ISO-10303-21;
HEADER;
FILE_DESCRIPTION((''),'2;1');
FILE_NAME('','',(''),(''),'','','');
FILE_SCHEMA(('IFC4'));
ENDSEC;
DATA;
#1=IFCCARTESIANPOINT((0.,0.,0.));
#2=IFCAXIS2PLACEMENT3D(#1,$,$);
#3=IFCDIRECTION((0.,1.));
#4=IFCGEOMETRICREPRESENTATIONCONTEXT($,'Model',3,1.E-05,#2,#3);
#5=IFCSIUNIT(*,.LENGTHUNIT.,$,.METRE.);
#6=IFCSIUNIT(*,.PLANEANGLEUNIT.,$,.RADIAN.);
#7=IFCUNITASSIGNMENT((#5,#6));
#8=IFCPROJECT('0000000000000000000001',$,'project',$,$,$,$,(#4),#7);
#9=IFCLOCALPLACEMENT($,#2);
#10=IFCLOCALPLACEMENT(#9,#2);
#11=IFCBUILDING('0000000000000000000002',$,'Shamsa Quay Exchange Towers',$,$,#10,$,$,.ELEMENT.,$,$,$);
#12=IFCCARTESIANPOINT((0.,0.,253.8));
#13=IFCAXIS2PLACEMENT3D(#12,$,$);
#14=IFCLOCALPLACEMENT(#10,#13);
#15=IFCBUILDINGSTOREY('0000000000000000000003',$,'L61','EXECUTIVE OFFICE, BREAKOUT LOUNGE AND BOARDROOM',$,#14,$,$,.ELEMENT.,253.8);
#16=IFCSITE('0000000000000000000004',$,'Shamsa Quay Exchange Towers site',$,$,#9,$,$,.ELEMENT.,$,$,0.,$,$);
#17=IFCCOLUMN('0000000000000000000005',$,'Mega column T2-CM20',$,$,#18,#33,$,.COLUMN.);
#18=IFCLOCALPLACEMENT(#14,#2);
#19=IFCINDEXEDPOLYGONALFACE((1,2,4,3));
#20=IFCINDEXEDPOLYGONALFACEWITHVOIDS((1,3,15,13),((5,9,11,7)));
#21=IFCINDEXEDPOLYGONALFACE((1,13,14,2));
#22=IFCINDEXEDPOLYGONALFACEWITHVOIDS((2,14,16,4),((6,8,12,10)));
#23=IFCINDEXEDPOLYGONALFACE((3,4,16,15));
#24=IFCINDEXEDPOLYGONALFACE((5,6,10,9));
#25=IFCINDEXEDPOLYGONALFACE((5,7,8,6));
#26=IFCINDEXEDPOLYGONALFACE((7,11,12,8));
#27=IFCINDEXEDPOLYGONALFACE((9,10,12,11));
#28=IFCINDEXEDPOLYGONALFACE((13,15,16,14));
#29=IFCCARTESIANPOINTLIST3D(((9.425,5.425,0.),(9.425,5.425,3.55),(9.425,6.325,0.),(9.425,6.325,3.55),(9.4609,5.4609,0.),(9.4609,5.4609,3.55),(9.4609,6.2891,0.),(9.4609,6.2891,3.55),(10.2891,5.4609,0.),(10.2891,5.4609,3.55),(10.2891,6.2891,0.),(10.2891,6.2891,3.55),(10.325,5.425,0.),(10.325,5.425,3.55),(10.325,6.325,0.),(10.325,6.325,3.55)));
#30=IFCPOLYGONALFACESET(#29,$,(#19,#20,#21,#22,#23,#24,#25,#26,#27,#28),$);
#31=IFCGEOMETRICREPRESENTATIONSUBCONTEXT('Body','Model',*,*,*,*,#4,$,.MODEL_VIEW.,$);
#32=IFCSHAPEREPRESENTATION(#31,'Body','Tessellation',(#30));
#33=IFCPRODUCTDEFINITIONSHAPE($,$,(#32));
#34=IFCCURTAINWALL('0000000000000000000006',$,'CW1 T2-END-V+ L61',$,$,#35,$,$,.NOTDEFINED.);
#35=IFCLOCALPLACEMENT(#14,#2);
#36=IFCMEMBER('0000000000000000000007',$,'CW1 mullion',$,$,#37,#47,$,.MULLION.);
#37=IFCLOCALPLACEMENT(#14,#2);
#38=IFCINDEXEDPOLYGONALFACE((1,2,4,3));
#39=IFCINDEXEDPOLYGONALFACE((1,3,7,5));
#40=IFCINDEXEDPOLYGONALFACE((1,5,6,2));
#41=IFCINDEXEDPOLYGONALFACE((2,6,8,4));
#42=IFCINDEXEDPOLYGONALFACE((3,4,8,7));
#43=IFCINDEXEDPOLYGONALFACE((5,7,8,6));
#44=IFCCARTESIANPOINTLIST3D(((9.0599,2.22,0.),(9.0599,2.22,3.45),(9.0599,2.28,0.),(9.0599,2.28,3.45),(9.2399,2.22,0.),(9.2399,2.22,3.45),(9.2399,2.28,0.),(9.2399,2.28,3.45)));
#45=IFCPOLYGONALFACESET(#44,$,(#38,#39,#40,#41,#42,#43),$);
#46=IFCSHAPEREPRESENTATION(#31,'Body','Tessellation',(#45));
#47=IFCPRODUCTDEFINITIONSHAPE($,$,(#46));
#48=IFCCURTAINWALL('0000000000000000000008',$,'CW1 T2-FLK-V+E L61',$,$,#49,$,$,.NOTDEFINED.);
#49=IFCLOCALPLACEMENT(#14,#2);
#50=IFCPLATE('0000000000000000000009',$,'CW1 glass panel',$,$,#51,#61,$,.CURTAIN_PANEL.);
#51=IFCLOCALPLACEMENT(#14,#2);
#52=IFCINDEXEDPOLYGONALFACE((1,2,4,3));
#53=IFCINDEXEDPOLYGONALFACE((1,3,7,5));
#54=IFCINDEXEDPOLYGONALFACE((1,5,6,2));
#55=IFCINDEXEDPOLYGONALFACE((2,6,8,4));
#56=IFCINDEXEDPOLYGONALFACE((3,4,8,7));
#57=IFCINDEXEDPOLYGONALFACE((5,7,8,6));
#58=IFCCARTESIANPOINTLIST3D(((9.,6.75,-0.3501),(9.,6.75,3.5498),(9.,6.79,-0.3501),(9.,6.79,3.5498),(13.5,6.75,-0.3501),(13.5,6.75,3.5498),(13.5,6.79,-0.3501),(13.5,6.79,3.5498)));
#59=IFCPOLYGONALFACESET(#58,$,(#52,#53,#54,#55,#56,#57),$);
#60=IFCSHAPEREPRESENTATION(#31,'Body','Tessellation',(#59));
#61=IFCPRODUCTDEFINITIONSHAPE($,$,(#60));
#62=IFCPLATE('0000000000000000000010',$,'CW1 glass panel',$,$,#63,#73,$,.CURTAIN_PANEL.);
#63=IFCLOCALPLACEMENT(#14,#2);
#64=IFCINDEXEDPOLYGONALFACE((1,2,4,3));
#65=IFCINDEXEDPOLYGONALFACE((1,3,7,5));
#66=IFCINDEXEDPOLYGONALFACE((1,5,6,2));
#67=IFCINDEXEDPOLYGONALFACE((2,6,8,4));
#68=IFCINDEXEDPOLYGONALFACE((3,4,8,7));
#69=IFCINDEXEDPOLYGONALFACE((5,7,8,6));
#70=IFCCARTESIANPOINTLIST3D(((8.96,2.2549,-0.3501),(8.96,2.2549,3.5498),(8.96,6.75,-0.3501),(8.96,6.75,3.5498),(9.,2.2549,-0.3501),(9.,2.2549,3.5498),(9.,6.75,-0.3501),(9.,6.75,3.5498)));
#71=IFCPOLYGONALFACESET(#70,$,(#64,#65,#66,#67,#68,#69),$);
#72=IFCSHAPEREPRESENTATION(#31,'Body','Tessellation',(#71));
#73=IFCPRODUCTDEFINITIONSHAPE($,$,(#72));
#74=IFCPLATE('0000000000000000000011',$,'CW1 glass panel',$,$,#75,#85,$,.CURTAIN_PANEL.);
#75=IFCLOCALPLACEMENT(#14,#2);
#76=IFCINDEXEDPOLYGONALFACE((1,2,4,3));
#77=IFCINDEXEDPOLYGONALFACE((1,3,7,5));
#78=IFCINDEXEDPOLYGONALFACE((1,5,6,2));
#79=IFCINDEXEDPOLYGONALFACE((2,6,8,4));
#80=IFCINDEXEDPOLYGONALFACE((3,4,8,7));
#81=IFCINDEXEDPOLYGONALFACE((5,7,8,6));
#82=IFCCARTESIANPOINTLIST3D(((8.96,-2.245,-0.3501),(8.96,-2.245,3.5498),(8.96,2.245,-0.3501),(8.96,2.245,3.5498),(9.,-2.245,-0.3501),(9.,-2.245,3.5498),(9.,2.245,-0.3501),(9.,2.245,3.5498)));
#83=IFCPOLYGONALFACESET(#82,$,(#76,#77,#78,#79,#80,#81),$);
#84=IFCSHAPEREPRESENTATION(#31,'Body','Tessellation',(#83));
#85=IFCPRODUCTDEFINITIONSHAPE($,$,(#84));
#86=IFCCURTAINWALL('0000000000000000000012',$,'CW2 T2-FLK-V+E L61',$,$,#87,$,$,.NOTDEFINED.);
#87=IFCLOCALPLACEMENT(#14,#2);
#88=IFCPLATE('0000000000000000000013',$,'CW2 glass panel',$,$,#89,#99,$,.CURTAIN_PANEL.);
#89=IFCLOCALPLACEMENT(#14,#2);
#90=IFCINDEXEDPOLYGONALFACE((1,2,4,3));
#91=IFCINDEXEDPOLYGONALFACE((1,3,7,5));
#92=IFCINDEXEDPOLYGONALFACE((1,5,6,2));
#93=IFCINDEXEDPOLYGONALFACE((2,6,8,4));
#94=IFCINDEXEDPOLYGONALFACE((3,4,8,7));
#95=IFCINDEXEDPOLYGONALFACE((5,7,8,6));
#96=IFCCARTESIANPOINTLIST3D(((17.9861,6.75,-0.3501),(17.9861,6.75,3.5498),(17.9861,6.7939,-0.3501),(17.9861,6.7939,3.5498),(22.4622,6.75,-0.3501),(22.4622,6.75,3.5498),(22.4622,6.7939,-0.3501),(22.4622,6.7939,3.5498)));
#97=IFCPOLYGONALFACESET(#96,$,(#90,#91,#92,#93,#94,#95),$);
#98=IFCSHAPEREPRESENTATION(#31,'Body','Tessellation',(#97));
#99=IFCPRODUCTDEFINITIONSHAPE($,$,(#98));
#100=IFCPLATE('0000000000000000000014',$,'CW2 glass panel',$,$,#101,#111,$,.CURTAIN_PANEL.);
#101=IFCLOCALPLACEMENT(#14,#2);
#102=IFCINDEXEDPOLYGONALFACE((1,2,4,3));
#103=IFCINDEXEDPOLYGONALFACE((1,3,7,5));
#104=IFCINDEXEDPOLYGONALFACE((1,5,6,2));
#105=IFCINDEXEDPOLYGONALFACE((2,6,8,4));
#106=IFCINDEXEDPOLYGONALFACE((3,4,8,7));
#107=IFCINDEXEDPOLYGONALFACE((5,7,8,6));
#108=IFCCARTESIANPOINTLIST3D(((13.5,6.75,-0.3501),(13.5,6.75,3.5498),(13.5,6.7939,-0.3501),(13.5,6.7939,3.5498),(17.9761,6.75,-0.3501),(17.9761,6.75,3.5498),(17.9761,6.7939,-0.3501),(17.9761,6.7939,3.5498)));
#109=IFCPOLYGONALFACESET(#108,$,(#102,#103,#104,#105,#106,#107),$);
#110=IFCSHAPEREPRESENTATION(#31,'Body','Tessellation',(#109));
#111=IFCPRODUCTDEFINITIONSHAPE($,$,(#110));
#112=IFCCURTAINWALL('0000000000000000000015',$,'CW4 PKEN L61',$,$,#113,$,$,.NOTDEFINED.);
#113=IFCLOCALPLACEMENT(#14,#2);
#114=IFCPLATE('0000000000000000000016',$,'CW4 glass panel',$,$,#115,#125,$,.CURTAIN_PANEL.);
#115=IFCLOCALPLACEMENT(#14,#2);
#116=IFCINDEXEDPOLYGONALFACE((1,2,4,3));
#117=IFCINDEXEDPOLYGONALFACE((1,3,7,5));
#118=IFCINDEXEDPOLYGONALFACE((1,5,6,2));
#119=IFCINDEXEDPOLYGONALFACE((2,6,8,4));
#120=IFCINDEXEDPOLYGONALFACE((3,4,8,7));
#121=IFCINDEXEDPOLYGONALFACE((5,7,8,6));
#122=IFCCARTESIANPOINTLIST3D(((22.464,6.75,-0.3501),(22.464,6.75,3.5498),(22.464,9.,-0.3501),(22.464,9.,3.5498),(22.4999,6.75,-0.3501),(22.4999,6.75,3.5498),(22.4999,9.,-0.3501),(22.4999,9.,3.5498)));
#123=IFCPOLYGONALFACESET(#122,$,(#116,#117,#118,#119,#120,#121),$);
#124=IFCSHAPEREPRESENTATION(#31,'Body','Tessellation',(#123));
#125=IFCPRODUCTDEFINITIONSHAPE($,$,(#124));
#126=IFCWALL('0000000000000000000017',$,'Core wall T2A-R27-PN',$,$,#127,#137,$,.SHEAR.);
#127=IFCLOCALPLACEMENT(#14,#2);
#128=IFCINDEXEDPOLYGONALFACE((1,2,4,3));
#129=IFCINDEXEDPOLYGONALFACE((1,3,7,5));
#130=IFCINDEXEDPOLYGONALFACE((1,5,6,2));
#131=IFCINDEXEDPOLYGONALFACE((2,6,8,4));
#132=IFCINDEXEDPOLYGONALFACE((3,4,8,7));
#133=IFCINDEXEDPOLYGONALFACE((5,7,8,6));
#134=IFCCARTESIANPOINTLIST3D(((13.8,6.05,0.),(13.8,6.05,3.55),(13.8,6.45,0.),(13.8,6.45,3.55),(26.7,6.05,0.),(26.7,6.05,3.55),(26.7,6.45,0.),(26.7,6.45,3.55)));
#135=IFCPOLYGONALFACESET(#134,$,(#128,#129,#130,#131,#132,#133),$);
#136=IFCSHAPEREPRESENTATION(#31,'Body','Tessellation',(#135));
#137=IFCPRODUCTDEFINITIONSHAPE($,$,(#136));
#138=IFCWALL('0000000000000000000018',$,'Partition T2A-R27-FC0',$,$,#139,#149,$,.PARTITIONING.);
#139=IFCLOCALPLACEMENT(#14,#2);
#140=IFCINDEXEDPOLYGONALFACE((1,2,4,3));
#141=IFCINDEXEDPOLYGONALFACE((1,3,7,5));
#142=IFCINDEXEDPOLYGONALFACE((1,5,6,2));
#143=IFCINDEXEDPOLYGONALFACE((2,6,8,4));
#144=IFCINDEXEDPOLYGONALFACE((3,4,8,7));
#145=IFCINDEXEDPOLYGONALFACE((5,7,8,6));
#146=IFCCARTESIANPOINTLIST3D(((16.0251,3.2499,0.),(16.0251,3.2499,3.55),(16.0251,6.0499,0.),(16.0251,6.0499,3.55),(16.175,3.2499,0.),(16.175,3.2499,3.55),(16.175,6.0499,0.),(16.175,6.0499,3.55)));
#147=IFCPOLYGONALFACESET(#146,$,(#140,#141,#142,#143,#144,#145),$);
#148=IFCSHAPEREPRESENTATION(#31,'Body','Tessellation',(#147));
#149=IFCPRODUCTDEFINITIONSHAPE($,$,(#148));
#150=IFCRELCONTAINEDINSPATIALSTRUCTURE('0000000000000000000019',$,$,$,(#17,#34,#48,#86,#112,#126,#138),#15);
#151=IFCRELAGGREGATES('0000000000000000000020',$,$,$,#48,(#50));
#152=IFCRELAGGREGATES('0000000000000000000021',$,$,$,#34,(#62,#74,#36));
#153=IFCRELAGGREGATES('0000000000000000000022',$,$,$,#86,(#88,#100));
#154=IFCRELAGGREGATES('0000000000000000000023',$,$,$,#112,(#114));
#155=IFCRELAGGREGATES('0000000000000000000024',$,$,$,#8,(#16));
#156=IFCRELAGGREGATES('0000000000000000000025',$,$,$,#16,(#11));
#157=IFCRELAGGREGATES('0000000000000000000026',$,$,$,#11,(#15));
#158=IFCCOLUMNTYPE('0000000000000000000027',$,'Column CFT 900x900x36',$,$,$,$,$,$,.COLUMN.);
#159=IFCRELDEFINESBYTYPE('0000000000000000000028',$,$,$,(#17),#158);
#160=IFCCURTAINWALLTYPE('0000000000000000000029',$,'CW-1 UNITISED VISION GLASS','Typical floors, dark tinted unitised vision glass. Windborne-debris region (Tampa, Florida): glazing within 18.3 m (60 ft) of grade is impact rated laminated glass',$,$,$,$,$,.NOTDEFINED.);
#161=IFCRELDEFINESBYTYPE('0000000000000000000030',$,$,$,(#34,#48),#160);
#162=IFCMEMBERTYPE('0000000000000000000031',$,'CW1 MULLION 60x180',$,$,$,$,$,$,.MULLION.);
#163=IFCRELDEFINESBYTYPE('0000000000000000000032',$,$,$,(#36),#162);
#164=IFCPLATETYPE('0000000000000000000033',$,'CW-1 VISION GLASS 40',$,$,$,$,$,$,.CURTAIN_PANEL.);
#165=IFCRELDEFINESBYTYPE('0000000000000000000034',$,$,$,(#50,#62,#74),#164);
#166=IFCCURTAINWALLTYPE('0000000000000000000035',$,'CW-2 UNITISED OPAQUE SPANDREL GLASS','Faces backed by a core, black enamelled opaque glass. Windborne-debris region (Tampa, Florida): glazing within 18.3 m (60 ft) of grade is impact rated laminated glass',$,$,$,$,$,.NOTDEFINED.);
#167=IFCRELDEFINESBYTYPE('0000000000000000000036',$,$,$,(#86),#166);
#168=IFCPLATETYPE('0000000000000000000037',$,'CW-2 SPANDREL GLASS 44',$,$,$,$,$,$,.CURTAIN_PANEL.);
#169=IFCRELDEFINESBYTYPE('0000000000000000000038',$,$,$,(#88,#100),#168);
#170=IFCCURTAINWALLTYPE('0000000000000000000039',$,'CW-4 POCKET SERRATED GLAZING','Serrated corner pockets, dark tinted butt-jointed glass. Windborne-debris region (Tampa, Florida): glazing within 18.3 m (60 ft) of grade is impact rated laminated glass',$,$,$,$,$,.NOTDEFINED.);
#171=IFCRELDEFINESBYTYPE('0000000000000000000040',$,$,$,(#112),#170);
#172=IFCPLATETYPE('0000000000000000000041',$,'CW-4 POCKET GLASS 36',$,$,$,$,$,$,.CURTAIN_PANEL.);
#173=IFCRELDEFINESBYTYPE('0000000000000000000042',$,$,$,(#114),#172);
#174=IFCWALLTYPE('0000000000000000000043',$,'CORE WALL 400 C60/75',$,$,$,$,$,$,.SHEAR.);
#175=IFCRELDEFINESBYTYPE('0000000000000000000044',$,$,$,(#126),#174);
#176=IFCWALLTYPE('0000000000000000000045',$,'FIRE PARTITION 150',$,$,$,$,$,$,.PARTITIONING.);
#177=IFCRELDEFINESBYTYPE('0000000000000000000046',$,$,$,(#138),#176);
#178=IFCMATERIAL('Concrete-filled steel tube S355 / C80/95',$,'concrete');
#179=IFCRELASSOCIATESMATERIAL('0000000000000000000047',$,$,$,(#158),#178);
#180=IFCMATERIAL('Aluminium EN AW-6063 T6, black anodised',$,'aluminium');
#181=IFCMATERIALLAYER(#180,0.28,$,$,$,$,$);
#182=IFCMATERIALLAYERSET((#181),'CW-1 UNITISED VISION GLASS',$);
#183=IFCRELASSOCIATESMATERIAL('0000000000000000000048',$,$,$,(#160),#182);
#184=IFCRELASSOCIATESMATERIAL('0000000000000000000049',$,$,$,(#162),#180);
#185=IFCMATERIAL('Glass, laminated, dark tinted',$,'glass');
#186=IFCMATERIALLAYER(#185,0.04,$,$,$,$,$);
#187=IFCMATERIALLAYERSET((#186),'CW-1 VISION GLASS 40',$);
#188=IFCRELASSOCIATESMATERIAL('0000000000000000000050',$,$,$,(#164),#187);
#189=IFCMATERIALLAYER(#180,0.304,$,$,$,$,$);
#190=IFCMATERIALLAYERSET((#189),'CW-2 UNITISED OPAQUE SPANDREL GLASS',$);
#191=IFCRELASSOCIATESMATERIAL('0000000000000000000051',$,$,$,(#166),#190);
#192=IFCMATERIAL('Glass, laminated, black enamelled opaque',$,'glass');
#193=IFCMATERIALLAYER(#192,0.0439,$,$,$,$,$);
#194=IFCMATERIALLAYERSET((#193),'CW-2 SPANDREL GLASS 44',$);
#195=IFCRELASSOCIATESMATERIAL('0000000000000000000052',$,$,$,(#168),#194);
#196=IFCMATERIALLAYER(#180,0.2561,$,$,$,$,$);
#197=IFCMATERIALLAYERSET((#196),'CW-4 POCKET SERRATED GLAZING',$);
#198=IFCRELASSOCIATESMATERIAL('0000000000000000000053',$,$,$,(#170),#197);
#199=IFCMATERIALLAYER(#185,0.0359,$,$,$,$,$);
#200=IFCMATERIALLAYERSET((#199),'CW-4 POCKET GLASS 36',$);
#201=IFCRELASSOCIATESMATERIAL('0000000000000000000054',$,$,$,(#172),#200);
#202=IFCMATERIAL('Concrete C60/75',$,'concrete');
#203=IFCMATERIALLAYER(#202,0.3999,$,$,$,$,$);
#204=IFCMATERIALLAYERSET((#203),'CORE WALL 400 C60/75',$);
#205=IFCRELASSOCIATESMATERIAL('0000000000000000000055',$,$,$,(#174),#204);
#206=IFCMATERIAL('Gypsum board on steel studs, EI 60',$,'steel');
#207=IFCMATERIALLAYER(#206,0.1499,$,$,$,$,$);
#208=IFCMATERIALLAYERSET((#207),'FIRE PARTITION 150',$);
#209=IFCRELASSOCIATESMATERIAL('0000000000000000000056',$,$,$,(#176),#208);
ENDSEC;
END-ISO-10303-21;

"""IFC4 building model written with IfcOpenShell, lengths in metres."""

from ifc_helpers import new_model, si_unit, direction, frame, frame_2d, origin, origin_2d, place, context, subcontext, project, spatial, rectangle, hollow_rectangle, extrude, material, layer, layer_set, material_profile, profile_set, type_object, element, aggregate, save


model = new_model("IFC4")

# Units and contexts
model_context = context("Model", 3, precision=1e-05, world=origin(), true_north=direction((0.0, 1.0)))
body_context = subcontext(model_context, "Body", "Model", "MODEL_VIEW")
ifc_project = project(units=[si_unit("LENGTHUNIT", "METRE"), si_unit("PLANEANGLEUNIT", "RADIAN")], contexts=[model_context])

# Site, building, storey
site_placement = place(None, origin())
site = spatial("IfcSite", under=ifc_project, at=site_placement, Name="Shamsa Quay Exchange Towers site", CompositionType="ELEMENT", RefElevation=0.0)
building_placement = place(site_placement, origin())
building = spatial("IfcBuilding", under=site, at=building_placement, Name="Shamsa Quay Exchange Towers", CompositionType="ELEMENT")
storey_placement = place(building_placement, frame((0.0, 0.0, 253.8)))
storey = spatial("IfcBuildingStorey", under=building, at=storey_placement, Name="L61", Description="EXECUTIVE OFFICE, BREAKOUT LOUNGE AND BOARDROOM", CompositionType="ELEMENT", Elevation=253.8)

# Column
ifc_material_1 = material(Name="Concrete-filled steel tube S355 / C80/95", Category="concrete")
ifc_material_profile_1 = material_profile(ifc_material_1, hollow_rectangle(XDim=0.8999, YDim=0.8999, WallThickness=0.0359, at=origin_2d()), Name="CFT 900x900x36")
ifc_profile_set_1 = profile_set([ifc_material_profile_1], Name="Concrete-filled steel tube S355 / C80/95")
column_type = type_object("IfcColumnType", Name="Column CFT 900x900x36", PredefinedType="COLUMN", material=ifc_profile_set_1)
column_placement = place(storey_placement, frame((9.875, 5.875, 0.0)))
element("IfcColumn", 1, at=column_placement, inside=storey, type_object=column_type, Name="Mega column T2-CM20", PredefinedType="COLUMN", context=body_context, shape_type="SweptSolid", body=[
    extrude(hollow_rectangle(XDim=0.8999, YDim=0.8999, WallThickness=0.0359, at=origin_2d()), origin(), (0.0, 0.0, 1.0), 3.55),
])

# Curtain wall, member
ifc_material_2 = material(Name="Aluminium EN AW-6063 T6, black anodised", Category="aluminium")
ifc_layer_1 = layer(ifc_material_2, 0.28)
ifc_layer_set_1 = layer_set([ifc_layer_1], Name="CW-1 UNITISED VISION GLASS")
curtain_wall_type_1 = type_object("IfcCurtainWallType", Name="CW-1 UNITISED VISION GLASS", Description="Typical floors, dark tinted unitised vision glass. Windborne-debris region (Tampa, Florida): glazing within 18.3 m (60 ft) of grade is impact rated laminated glass", PredefinedType="NOTDEFINED", material=ifc_layer_set_1)
curtain_wall_1_placement = place(storey_placement, origin())
curtain_wall_1 = element("IfcCurtainWall", 2, at=curtain_wall_1_placement, inside=storey, type_object=curtain_wall_type_1, Name="CW1 T2-END-V+ L61", PredefinedType="NOTDEFINED")
ifc_material_profile_2 = material_profile(ifc_material_2, rectangle(XDim=0.1799, YDim=0.0601, at=origin_2d()), Name="MU60x180")
ifc_profile_set_2 = profile_set([ifc_material_profile_2], Name="Aluminium EN AW-6063 T6, black anodised")
member_type = type_object("IfcMemberType", Name="CW1 MULLION 60x180", PredefinedType="MULLION", material=ifc_profile_set_2)
member_placement = place(storey_placement, frame((9.1499, 2.25, 0.0)))
member = element("IfcMember", 3, at=member_placement, type_object=member_type, Name="CW1 mullion", PredefinedType="MULLION", context=body_context, shape_type="SweptSolid", body=[
    extrude(rectangle(XDim=0.1799, YDim=0.0601, at=origin_2d()), origin(), (0.0, 0.0, 1.0), 3.45),
])

# Curtain wall, plate
curtain_wall_2_placement = place(storey_placement, origin())
curtain_wall_2 = element("IfcCurtainWall", 4, at=curtain_wall_2_placement, inside=storey, type_object=curtain_wall_type_1, Name="CW1 T2-FLK-V+E L61", PredefinedType="NOTDEFINED")
ifc_material_3 = material(Name="Glass, laminated, dark tinted", Category="glass")
ifc_layer_2 = layer(ifc_material_3, 0.04)
ifc_layer_set_2 = layer_set([ifc_layer_2], Name="CW-1 VISION GLASS 40")
plate_type_1 = type_object("IfcPlateType", Name="CW-1 VISION GLASS 40", PredefinedType="CURTAIN_PANEL", material=ifc_layer_set_2)
plate_1_placement = place(storey_placement, frame((11.25, 6.77, -0.3501), z_axis=(0.0, 0.0, 1.0), x_axis=(-1.0, 0.0, 0.0)))
plate_1 = element("IfcPlate", 5, at=plate_1_placement, type_object=plate_type_1, Name="CW1 glass panel", PredefinedType="CURTAIN_PANEL", context=body_context, shape_type="SweptSolid", body=[
    extrude(rectangle(XDim=4.5, YDim=0.04, at=origin_2d()), origin(), (0.0, 0.0, 1.0), 3.8999),
])
aggregate(curtain_wall_2, [plate_1])

# Plates
plate_2_placement = place(storey_placement, frame((8.98, 4.5024, -0.3501), z_axis=(0.0, 0.0, 1.0), x_axis=(0.0, -1.0, 0.0)))
plate_2 = element("IfcPlate", 6, at=plate_2_placement, type_object=plate_type_1, Name="CW1 glass panel", PredefinedType="CURTAIN_PANEL", context=body_context, shape_type="SweptSolid", body=[
    extrude(rectangle(XDim=4.4951, YDim=0.04, at=origin_2d()), origin(), (0.0, 0.0, 1.0), 3.8999),
])
plate_3_placement = place(storey_placement, frame((8.98, 0.0, -0.3501), z_axis=(0.0, 0.0, 1.0), x_axis=(0.0, -1.0, 0.0)))
plate_3 = element("IfcPlate", 7, at=plate_3_placement, type_object=plate_type_1, Name="CW1 glass panel", PredefinedType="CURTAIN_PANEL", context=body_context, shape_type="SweptSolid", body=[
    extrude(rectangle(XDim=4.49, YDim=0.04, at=origin_2d()), origin(), (0.0, 0.0, 1.0), 3.8999),
])
aggregate(curtain_wall_1, [plate_2, plate_3, member])

# Curtain wall, plates
ifc_layer_3 = layer(ifc_material_2, 0.304)
ifc_layer_set_3 = layer_set([ifc_layer_3], Name="CW-2 UNITISED OPAQUE SPANDREL GLASS")
curtain_wall_type_2 = type_object("IfcCurtainWallType", Name="CW-2 UNITISED OPAQUE SPANDREL GLASS", Description="Faces backed by a core, black enamelled opaque glass. Windborne-debris region (Tampa, Florida): glazing within 18.3 m (60 ft) of grade is impact rated laminated glass", PredefinedType="NOTDEFINED", material=ifc_layer_set_3)
curtain_wall_3_placement = place(storey_placement, origin())
curtain_wall_3 = element("IfcCurtainWall", 8, at=curtain_wall_3_placement, inside=storey, type_object=curtain_wall_type_2, Name="CW2 T2-FLK-V+E L61", PredefinedType="NOTDEFINED")
ifc_material_4 = material(Name="Glass, laminated, black enamelled opaque", Category="glass")
ifc_layer_4 = layer(ifc_material_4, 0.0439)
ifc_layer_set_4 = layer_set([ifc_layer_4], Name="CW-2 SPANDREL GLASS 44")
plate_type_2 = type_object("IfcPlateType", Name="CW-2 SPANDREL GLASS 44", PredefinedType="CURTAIN_PANEL", material=ifc_layer_set_4)
plate_4_placement = place(storey_placement, frame((20.2241, 6.772, -0.3501), z_axis=(0.0, 0.0, 1.0), x_axis=(-1.0, 0.0, 0.0)))
plate_4 = element("IfcPlate", 9, at=plate_4_placement, type_object=plate_type_2, Name="CW2 glass panel", PredefinedType="CURTAIN_PANEL", context=body_context, shape_type="SweptSolid", body=[
    extrude(rectangle(XDim=4.4761, YDim=0.0439, at=origin_2d()), origin(), (0.0, 0.0, 1.0), 3.8999),
])
plate_5_placement = place(storey_placement, frame((15.738, 6.772, -0.3501), z_axis=(0.0, 0.0, 1.0), x_axis=(-1.0, 0.0, 0.0)))
plate_5 = element("IfcPlate", 10, at=plate_5_placement, type_object=plate_type_2, Name="CW2 glass panel", PredefinedType="CURTAIN_PANEL", context=body_context, shape_type="SweptSolid", body=[
    extrude(rectangle(XDim=4.4761, YDim=0.0439, at=origin_2d()), origin(), (0.0, 0.0, 1.0), 3.8999),
])
aggregate(curtain_wall_3, [plate_4, plate_5])

# Curtain wall, plate
ifc_layer_5 = layer(ifc_material_2, 0.2561)
ifc_layer_set_5 = layer_set([ifc_layer_5], Name="CW-4 POCKET SERRATED GLAZING")
curtain_wall_type_3 = type_object("IfcCurtainWallType", Name="CW-4 POCKET SERRATED GLAZING", Description="Serrated corner pockets, dark tinted butt-jointed glass. Windborne-debris region (Tampa, Florida): glazing within 18.3 m (60 ft) of grade is impact rated laminated glass", PredefinedType="NOTDEFINED", material=ifc_layer_set_5)
curtain_wall_4_placement = place(storey_placement, origin())
curtain_wall_4 = element("IfcCurtainWall", 11, at=curtain_wall_4_placement, inside=storey, type_object=curtain_wall_type_3, Name="CW4 PKEN L61", PredefinedType="NOTDEFINED")
ifc_layer_6 = layer(ifc_material_3, 0.0359)
ifc_layer_set_6 = layer_set([ifc_layer_6], Name="CW-4 POCKET GLASS 36")
plate_type_3 = type_object("IfcPlateType", Name="CW-4 POCKET GLASS 36", PredefinedType="CURTAIN_PANEL", material=ifc_layer_set_6)
plate_6_placement = place(storey_placement, frame((22.4819, 7.875, -0.3501), z_axis=(0.0, 0.0, 1.0), x_axis=(0.0, -1.0, 0.0)))
plate_6 = element("IfcPlate", 12, at=plate_6_placement, type_object=plate_type_3, Name="CW4 glass panel", PredefinedType="CURTAIN_PANEL", context=body_context, shape_type="SweptSolid", body=[
    extrude(rectangle(XDim=2.25, YDim=0.0359, at=origin_2d()), origin(), (0.0, 0.0, 1.0), 3.8999),
])
aggregate(curtain_wall_4, [plate_6])

# Wall
ifc_material_5 = material(Name="Concrete C60/75", Category="concrete")
ifc_layer_7 = layer(ifc_material_5, 0.3999)
ifc_layer_set_7 = layer_set([ifc_layer_7], Name="CORE WALL 400 C60/75")
wall_type_1 = type_object("IfcWallType", Name="CORE WALL 400 C60/75", PredefinedType="SHEAR", material=ifc_layer_set_7)
wall_1_placement = place(storey_placement, frame((13.8, 6.25, 0.0)))
element("IfcWall", 13, at=wall_1_placement, inside=storey, type_object=wall_type_1, Name="Core wall T2A-R27-PN", PredefinedType="SHEAR", context=body_context, shape_type="SweptSolid", body=[
    extrude(rectangle(XDim=12.8999, YDim=0.3999, at=frame_2d((6.45, 0.0))), origin(), (0.0, 0.0, 1.0), 3.55),
])

# Wall
ifc_material_6 = material(Name="Gypsum board on steel studs, EI 60", Category="steel")
ifc_layer_8 = layer(ifc_material_6, 0.1499)
ifc_layer_set_8 = layer_set([ifc_layer_8], Name="FIRE PARTITION 150")
wall_type_2 = type_object("IfcWallType", Name="FIRE PARTITION 150", PredefinedType="PARTITIONING", material=ifc_layer_set_8)
wall_2_placement = place(storey_placement, frame((16.1001, 3.25, 0.0), z_axis=(0.0, 0.0, 1.0), x_axis=(0.0, 1.0, 0.0)))
element("IfcWall", 14, at=wall_2_placement, inside=storey, type_object=wall_type_2, Name="Partition T2A-R27-FC0", PredefinedType="PARTITIONING", context=body_context, shape_type="SweptSolid", body=[
    extrude(rectangle(XDim=2.8, YDim=0.1499, at=frame_2d((1.3999, 0.0))), origin(), (0.0, 0.0, 1.0), 3.55),
])

save(model, "model.ifc")
